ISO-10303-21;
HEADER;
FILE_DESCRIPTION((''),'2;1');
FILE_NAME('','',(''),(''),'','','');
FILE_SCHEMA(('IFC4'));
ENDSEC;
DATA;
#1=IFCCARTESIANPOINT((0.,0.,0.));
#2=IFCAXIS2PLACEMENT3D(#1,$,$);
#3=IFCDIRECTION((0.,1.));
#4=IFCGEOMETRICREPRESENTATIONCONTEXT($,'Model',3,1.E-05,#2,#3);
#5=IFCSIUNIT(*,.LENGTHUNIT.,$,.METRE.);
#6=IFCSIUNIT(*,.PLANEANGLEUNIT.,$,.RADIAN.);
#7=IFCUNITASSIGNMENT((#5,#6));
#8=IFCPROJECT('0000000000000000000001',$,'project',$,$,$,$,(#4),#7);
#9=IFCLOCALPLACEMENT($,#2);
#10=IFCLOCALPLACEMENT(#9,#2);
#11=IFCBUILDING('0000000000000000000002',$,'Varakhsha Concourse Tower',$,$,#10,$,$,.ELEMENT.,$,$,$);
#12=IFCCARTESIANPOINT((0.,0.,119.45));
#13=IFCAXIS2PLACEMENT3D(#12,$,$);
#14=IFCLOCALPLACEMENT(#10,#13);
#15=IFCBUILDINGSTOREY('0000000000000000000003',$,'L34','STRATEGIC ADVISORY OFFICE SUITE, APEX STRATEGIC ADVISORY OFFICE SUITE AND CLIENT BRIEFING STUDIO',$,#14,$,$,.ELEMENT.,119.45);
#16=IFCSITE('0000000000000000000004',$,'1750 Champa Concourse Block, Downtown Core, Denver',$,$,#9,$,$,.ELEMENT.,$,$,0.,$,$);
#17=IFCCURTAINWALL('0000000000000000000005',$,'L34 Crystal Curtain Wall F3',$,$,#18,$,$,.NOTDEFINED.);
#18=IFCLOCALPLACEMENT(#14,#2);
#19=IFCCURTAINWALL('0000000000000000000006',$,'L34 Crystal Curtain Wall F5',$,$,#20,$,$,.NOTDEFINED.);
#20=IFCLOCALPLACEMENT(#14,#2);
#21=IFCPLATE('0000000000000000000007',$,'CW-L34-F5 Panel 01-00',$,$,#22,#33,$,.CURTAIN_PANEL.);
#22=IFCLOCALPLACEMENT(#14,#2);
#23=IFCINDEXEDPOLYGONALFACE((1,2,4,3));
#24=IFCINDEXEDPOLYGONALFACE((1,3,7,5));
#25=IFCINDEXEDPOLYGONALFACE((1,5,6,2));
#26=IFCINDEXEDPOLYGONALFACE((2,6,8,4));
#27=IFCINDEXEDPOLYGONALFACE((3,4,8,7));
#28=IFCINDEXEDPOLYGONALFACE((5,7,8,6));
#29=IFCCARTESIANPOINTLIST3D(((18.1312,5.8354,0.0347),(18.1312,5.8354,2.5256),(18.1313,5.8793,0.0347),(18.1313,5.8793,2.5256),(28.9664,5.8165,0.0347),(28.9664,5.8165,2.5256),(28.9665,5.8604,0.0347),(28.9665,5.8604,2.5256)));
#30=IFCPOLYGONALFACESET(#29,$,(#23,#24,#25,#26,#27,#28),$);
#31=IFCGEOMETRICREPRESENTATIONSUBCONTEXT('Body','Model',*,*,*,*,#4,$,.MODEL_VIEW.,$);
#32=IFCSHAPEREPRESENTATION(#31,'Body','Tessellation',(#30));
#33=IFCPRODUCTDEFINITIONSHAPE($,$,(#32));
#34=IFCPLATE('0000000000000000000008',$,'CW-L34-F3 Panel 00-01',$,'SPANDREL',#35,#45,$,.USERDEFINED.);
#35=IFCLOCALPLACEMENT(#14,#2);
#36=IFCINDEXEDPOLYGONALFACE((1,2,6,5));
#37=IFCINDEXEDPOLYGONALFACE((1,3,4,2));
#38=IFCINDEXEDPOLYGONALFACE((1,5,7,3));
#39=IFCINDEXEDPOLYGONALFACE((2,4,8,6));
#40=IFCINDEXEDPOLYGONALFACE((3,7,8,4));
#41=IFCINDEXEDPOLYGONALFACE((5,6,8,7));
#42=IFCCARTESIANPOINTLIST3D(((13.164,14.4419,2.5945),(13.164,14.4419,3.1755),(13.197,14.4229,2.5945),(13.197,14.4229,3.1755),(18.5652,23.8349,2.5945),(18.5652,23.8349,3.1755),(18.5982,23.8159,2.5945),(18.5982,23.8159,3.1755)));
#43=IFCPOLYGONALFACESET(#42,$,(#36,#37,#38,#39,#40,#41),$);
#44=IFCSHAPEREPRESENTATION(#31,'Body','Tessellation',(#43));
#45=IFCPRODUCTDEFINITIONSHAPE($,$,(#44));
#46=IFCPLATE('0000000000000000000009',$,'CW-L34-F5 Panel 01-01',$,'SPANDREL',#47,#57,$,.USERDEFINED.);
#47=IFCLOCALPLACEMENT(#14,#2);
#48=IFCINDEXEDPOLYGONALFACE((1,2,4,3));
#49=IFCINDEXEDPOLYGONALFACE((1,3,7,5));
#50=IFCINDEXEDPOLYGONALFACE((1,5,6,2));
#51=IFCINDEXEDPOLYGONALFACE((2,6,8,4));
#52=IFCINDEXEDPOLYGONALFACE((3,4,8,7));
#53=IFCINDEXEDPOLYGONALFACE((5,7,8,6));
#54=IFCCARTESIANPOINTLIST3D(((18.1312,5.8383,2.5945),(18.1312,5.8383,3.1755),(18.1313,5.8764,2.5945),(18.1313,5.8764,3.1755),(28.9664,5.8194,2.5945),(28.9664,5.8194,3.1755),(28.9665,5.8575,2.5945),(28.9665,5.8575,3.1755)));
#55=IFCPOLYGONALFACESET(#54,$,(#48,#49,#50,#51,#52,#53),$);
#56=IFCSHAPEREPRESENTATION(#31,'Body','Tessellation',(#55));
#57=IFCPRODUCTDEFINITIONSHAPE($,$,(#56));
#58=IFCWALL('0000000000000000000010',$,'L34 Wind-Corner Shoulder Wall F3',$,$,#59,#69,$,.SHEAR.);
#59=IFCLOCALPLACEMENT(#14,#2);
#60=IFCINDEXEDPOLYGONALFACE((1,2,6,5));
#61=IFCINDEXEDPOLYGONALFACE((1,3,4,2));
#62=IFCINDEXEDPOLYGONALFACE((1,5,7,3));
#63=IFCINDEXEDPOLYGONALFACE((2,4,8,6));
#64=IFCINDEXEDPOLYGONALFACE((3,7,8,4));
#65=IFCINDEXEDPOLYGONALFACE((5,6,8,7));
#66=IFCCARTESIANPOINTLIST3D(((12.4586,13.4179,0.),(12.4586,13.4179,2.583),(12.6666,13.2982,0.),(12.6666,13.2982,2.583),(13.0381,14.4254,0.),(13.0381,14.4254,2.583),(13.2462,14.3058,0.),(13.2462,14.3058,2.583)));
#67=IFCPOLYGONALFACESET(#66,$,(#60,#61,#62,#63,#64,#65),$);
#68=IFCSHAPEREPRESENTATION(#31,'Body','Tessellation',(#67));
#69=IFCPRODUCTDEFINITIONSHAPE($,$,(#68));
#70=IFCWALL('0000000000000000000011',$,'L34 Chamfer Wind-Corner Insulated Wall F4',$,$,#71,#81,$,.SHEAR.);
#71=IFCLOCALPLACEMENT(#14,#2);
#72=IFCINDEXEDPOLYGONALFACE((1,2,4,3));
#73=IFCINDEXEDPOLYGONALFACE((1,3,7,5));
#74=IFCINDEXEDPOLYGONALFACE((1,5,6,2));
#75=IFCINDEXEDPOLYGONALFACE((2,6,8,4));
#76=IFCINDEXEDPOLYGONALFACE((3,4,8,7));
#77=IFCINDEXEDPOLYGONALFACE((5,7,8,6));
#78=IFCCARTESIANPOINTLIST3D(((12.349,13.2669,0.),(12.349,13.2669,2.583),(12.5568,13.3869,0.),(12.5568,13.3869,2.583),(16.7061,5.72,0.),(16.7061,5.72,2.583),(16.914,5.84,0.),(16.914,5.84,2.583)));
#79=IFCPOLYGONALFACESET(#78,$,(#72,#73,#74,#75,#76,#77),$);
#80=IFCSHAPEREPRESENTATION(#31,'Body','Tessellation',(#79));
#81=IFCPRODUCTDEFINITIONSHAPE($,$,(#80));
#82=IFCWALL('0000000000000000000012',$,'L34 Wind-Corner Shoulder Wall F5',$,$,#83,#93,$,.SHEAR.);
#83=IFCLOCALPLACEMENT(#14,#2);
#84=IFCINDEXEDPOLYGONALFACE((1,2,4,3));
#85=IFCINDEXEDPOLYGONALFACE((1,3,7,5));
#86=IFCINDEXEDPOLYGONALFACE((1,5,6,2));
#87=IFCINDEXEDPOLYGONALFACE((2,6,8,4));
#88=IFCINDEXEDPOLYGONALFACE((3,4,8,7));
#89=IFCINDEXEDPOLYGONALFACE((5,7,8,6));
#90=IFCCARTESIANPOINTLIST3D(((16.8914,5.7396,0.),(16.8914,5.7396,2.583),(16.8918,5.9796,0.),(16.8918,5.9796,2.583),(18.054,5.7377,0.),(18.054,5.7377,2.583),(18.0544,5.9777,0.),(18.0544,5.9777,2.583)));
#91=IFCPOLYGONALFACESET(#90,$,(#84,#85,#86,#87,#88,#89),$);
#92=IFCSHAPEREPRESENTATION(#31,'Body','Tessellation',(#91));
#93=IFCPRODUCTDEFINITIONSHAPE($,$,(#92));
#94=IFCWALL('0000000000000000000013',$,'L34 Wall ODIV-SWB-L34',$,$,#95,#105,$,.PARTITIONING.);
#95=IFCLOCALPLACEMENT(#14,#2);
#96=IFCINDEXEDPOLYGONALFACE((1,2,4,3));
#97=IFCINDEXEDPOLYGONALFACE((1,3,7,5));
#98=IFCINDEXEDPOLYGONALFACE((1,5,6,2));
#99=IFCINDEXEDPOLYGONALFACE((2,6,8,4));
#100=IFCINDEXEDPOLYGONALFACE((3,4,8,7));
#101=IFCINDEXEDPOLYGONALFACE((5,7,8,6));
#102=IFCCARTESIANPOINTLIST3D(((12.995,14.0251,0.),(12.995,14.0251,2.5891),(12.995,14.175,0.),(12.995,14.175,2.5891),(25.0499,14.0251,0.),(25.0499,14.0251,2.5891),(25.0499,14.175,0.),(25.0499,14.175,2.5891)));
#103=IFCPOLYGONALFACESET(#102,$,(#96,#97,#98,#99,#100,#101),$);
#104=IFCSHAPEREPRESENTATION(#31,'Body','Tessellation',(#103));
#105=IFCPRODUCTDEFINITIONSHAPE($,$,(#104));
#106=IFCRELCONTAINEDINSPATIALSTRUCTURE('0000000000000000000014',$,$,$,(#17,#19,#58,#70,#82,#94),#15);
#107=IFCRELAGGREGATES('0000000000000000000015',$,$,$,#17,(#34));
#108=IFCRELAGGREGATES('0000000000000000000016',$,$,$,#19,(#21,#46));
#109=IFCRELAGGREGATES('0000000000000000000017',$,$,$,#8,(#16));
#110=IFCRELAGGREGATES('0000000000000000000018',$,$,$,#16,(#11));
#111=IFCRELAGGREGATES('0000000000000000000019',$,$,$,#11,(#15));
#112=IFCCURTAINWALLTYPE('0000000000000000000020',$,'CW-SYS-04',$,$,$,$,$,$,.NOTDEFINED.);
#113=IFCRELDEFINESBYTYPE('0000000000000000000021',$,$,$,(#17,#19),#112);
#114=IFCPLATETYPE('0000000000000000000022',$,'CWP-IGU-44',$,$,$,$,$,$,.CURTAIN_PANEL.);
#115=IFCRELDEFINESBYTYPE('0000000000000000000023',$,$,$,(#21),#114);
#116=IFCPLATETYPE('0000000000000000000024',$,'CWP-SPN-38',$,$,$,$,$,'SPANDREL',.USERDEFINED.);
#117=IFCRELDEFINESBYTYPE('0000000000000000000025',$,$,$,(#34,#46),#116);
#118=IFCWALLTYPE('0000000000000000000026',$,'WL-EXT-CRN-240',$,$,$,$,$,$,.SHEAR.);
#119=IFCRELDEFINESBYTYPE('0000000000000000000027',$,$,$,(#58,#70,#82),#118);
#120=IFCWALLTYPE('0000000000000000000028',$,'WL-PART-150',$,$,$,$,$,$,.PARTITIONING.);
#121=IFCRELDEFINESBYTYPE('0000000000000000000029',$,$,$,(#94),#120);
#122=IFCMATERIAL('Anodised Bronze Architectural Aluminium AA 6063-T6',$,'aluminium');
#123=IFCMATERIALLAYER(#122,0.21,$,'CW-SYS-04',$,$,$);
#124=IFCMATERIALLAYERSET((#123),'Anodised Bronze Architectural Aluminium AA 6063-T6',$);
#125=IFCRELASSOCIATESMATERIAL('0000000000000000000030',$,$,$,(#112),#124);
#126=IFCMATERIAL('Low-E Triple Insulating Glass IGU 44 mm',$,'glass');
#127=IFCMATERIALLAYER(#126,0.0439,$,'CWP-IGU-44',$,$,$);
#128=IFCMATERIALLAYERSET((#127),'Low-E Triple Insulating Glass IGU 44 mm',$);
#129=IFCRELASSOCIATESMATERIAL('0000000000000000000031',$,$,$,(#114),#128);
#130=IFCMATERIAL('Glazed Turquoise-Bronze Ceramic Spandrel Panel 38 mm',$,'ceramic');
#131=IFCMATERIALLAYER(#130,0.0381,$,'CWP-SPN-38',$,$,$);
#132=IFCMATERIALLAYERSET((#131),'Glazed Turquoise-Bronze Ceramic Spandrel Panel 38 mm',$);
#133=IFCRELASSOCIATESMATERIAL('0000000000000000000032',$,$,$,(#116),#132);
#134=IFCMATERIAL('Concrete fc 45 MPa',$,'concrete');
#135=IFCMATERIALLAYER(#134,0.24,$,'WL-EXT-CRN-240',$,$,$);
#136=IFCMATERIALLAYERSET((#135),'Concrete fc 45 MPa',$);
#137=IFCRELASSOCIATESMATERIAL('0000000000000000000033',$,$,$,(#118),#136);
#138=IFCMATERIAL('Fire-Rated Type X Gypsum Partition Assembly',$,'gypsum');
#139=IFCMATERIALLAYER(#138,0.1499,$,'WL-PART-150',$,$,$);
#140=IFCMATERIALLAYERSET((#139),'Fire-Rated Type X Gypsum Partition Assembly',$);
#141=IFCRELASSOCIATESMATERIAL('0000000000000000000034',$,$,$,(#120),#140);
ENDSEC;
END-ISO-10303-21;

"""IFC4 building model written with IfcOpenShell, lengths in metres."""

from ifc_helpers import new_model, si_unit, direction, frame, frame_2d, origin, origin_2d, place, context, subcontext, project, spatial, rectangle, extrude, source, transform, mapped, material, layer, layer_set, type_object, type_shapes, element, aggregate, save


model = new_model("IFC4")

# Units and contexts
model_context = context("Model", 3, precision=1e-05, world=origin(), true_north=direction((0.0, 1.0)))
body_context = subcontext(model_context, "Body", "Model", "MODEL_VIEW")
ifc_project = project(units=[si_unit("LENGTHUNIT", "METRE"), si_unit("PLANEANGLEUNIT", "RADIAN")], contexts=[model_context])

# Site, building, storey
site_placement = place(None, origin())
site = spatial("IfcSite", under=ifc_project, at=site_placement, Name="1750 Champa Concourse Block, Downtown Core, Denver", CompositionType="ELEMENT", RefElevation=0.0)
building_placement = place(site_placement, origin())
building = spatial("IfcBuilding", under=site, at=building_placement, Name="Varakhsha Concourse Tower", CompositionType="ELEMENT")
storey_placement = place(building_placement, frame((0.0, 0.0, 119.45)))
storey = spatial("IfcBuildingStorey", under=building, at=storey_placement, Name="L34", Description="STRATEGIC ADVISORY OFFICE SUITE, APEX STRATEGIC ADVISORY OFFICE SUITE AND CLIENT BRIEFING STUDIO", CompositionType="ELEMENT", Elevation=119.45)

# Curtain walls
ifc_material_1 = material(Name="Anodised Bronze Architectural Aluminium AA 6063-T6", Category="aluminium")
ifc_layer_1 = layer(ifc_material_1, 0.21, Name="CW-SYS-04")
ifc_layer_set_1 = layer_set([ifc_layer_1], Name="Anodised Bronze Architectural Aluminium AA 6063-T6")
curtain_wall_type = type_object("IfcCurtainWallType", Name="CW-SYS-04", PredefinedType="NOTDEFINED", material=ifc_layer_set_1)
curtain_wall_1_placement = place(storey_placement, origin())
curtain_wall_1 = element("IfcCurtainWall", 1, at=curtain_wall_1_placement, inside=storey, type_object=curtain_wall_type, Name="L34 Crystal Curtain Wall F3", PredefinedType="NOTDEFINED")
curtain_wall_2_placement = place(storey_placement, origin())
curtain_wall_2 = element("IfcCurtainWall", 2, at=curtain_wall_2_placement, inside=storey, type_object=curtain_wall_type, Name="L34 Crystal Curtain Wall F5", PredefinedType="NOTDEFINED")

# Shared definitions
ifc_material_2 = material(Name="Concrete fc 45 MPa", Category="concrete")

# Plates
ifc_material_3 = material(Name="Low-E Triple Insulating Glass IGU 44 mm", Category="glass")
ifc_layer_2 = layer(ifc_material_3, 0.0439, Name="CWP-IGU-44")
ifc_layer_set_2 = layer_set([ifc_layer_2], Name="Low-E Triple Insulating Glass IGU 44 mm")
plate_type_1 = type_object("IfcPlateType", Name="CWP-IGU-44", PredefinedType="CURTAIN_PANEL", material=ifc_layer_set_2)
shared_shape_1 = source(origin(), body_context, "Body", "SweptSolid", [
    extrude(rectangle(XDim=10.8352, YDim=0.0439, at=origin_2d()), origin(), (0.0, 0.0, 1.0), 2.491),
])
type_shapes(plate_type_1, [shared_shape_1])
plate_1_placement = place(storey_placement, frame((23.5488, 5.8479, 0.0347), z_axis=(0.0, 0.0, 1.0), x_axis=(-0.999998, 0.001745, 0.0)))
plate_1 = element("IfcPlate", 3, at=plate_1_placement, type_object=plate_type_1, Name="CW-L34-F5 Panel 01-00", PredefinedType="CURTAIN_PANEL", context=body_context, shape_type="MappedRepresentation", body=[
    mapped(shared_shape_1, transform((0.0, 0.0, 0.0), scale=1.0)),
])
ifc_material_4 = material(Name="Glazed Turquoise-Bronze Ceramic Spandrel Panel 38 mm", Category="ceramic")
ifc_layer_3 = layer(ifc_material_4, 0.0381, Name="CWP-SPN-38")
ifc_layer_set_3 = layer_set([ifc_layer_3], Name="Glazed Turquoise-Bronze Ceramic Spandrel Panel 38 mm")
plate_type_2 = type_object("IfcPlateType", Name="CWP-SPN-38", ElementType="SPANDREL", PredefinedType="USERDEFINED", material=ifc_layer_set_3)
shared_shape_2 = source(origin(), body_context, "Body", "SweptSolid", [
    extrude(rectangle(XDim=10.8352, YDim=0.0381, at=origin_2d()), origin(), (0.0, 0.0, 1.0), 0.5811),
])
type_shapes(plate_type_2, [shared_shape_2])
plate_2_placement = place(storey_placement, frame((15.8811, 19.1289, 2.5945), z_axis=(0.0, 0.0, 1.0), x_axis=(0.498489, 0.866896, 0.0)))
plate_2 = element("IfcPlate", 4, at=plate_2_placement, type_object=plate_type_2, Name="CW-L34-F3 Panel 00-01", ObjectType="SPANDREL", PredefinedType="USERDEFINED", context=body_context, shape_type="MappedRepresentation", body=[
    mapped(shared_shape_2, transform((0.0, 0.0, 0.0), scale=1.0)),
])
aggregate(curtain_wall_1, [plate_2])
plate_3_placement = place(storey_placement, frame((23.5488, 5.8479, 2.5945), z_axis=(0.0, 0.0, 1.0), x_axis=(-0.999998, 0.001745, 0.0)))
plate_3 = element("IfcPlate", 5, at=plate_3_placement, type_object=plate_type_2, Name="CW-L34-F5 Panel 01-01", ObjectType="SPANDREL", PredefinedType="USERDEFINED", context=body_context, shape_type="MappedRepresentation", body=[
    mapped(shared_shape_2, transform((0.0, 0.0, 0.0), scale=1.0)),
])
aggregate(curtain_wall_2, [plate_1, plate_3])

# Walls
ifc_layer_4 = layer(ifc_material_2, 0.24, Name="WL-EXT-CRN-240")
ifc_layer_set_4 = layer_set([ifc_layer_4], Name="Concrete fc 45 MPa")
wall_type_1 = type_object("IfcWallType", Name="WL-EXT-CRN-240", PredefinedType="SHEAR", material=ifc_layer_set_4)
wall_1_placement = place(storey_placement, frame((13.1421, 14.3655, 0.0), z_axis=(0.0, 0.0, 1.0), x_axis=(-0.498625, -0.866818, 0.0)))
element("IfcWall", 6, at=wall_1_placement, inside=storey, type_object=wall_type_1, Name="L34 Wind-Corner Shoulder Wall F3", PredefinedType="SHEAR", context=body_context, shape_type="SweptSolid", body=[
    extrude(rectangle(XDim=1.1624, YDim=0.24, at=frame_2d((0.5811, 0.0))), origin(), (0.0, 0.0, 1.0), 2.583),
])
wall_2_placement = place(storey_placement, frame((16.8101, 5.78, 0.0), z_axis=(0.0, 0.0, 1.0), x_axis=(-0.499999, 0.866026, 0.0)))
element("IfcWall", 7, at=wall_2_placement, inside=storey, type_object=wall_type_1, Name="L34 Chamfer Wind-Corner Insulated Wall F4", PredefinedType="SHEAR", context=body_context, shape_type="SweptSolid", body=[
    extrude(rectangle(XDim=8.7144, YDim=0.24, at=frame_2d((4.3572, 0.0))), origin(), (0.0, 0.0, 1.0), 2.583),
])
wall_3_placement = place(storey_placement, frame((16.8916, 5.8596, 0.0), z_axis=(0.0, 0.0, 1.0), x_axis=(0.999999, -0.00168, 0.0)))
element("IfcWall", 8, at=wall_3_placement, inside=storey, type_object=wall_type_1, Name="L34 Wind-Corner Shoulder Wall F5", PredefinedType="SHEAR", context=body_context, shape_type="SweptSolid", body=[
    extrude(rectangle(XDim=1.1626, YDim=0.24, at=frame_2d((0.5813, 0.0))), origin(), (0.0, 0.0, 1.0), 2.583),
])
ifc_material_5 = material(Name="Fire-Rated Type X Gypsum Partition Assembly", Category="gypsum")
ifc_layer_5 = layer(ifc_material_5, 0.1499, Name="WL-PART-150")
ifc_layer_set_5 = layer_set([ifc_layer_5], Name="Fire-Rated Type X Gypsum Partition Assembly")
wall_type_2 = type_object("IfcWallType", Name="WL-PART-150", PredefinedType="PARTITIONING", material=ifc_layer_set_5)
wall_4_placement = place(storey_placement, frame((12.9951, 14.1001, 0.0), z_axis=(0.0, 0.0, 1.0), x_axis=(1.0, 0.0, 0.0)))
element("IfcWall", 9, at=wall_4_placement, inside=storey, type_object=wall_type_2, Name="L34 Wall ODIV-SWB-L34", PredefinedType="PARTITIONING", context=body_context, shape_type="SweptSolid", body=[
    extrude(rectangle(XDim=12.0549, YDim=0.1499, at=frame_2d((6.0273, 0.0))), origin(), (0.0, 0.0, 1.0), 2.5891),
])

save(model, "model.ifc")
